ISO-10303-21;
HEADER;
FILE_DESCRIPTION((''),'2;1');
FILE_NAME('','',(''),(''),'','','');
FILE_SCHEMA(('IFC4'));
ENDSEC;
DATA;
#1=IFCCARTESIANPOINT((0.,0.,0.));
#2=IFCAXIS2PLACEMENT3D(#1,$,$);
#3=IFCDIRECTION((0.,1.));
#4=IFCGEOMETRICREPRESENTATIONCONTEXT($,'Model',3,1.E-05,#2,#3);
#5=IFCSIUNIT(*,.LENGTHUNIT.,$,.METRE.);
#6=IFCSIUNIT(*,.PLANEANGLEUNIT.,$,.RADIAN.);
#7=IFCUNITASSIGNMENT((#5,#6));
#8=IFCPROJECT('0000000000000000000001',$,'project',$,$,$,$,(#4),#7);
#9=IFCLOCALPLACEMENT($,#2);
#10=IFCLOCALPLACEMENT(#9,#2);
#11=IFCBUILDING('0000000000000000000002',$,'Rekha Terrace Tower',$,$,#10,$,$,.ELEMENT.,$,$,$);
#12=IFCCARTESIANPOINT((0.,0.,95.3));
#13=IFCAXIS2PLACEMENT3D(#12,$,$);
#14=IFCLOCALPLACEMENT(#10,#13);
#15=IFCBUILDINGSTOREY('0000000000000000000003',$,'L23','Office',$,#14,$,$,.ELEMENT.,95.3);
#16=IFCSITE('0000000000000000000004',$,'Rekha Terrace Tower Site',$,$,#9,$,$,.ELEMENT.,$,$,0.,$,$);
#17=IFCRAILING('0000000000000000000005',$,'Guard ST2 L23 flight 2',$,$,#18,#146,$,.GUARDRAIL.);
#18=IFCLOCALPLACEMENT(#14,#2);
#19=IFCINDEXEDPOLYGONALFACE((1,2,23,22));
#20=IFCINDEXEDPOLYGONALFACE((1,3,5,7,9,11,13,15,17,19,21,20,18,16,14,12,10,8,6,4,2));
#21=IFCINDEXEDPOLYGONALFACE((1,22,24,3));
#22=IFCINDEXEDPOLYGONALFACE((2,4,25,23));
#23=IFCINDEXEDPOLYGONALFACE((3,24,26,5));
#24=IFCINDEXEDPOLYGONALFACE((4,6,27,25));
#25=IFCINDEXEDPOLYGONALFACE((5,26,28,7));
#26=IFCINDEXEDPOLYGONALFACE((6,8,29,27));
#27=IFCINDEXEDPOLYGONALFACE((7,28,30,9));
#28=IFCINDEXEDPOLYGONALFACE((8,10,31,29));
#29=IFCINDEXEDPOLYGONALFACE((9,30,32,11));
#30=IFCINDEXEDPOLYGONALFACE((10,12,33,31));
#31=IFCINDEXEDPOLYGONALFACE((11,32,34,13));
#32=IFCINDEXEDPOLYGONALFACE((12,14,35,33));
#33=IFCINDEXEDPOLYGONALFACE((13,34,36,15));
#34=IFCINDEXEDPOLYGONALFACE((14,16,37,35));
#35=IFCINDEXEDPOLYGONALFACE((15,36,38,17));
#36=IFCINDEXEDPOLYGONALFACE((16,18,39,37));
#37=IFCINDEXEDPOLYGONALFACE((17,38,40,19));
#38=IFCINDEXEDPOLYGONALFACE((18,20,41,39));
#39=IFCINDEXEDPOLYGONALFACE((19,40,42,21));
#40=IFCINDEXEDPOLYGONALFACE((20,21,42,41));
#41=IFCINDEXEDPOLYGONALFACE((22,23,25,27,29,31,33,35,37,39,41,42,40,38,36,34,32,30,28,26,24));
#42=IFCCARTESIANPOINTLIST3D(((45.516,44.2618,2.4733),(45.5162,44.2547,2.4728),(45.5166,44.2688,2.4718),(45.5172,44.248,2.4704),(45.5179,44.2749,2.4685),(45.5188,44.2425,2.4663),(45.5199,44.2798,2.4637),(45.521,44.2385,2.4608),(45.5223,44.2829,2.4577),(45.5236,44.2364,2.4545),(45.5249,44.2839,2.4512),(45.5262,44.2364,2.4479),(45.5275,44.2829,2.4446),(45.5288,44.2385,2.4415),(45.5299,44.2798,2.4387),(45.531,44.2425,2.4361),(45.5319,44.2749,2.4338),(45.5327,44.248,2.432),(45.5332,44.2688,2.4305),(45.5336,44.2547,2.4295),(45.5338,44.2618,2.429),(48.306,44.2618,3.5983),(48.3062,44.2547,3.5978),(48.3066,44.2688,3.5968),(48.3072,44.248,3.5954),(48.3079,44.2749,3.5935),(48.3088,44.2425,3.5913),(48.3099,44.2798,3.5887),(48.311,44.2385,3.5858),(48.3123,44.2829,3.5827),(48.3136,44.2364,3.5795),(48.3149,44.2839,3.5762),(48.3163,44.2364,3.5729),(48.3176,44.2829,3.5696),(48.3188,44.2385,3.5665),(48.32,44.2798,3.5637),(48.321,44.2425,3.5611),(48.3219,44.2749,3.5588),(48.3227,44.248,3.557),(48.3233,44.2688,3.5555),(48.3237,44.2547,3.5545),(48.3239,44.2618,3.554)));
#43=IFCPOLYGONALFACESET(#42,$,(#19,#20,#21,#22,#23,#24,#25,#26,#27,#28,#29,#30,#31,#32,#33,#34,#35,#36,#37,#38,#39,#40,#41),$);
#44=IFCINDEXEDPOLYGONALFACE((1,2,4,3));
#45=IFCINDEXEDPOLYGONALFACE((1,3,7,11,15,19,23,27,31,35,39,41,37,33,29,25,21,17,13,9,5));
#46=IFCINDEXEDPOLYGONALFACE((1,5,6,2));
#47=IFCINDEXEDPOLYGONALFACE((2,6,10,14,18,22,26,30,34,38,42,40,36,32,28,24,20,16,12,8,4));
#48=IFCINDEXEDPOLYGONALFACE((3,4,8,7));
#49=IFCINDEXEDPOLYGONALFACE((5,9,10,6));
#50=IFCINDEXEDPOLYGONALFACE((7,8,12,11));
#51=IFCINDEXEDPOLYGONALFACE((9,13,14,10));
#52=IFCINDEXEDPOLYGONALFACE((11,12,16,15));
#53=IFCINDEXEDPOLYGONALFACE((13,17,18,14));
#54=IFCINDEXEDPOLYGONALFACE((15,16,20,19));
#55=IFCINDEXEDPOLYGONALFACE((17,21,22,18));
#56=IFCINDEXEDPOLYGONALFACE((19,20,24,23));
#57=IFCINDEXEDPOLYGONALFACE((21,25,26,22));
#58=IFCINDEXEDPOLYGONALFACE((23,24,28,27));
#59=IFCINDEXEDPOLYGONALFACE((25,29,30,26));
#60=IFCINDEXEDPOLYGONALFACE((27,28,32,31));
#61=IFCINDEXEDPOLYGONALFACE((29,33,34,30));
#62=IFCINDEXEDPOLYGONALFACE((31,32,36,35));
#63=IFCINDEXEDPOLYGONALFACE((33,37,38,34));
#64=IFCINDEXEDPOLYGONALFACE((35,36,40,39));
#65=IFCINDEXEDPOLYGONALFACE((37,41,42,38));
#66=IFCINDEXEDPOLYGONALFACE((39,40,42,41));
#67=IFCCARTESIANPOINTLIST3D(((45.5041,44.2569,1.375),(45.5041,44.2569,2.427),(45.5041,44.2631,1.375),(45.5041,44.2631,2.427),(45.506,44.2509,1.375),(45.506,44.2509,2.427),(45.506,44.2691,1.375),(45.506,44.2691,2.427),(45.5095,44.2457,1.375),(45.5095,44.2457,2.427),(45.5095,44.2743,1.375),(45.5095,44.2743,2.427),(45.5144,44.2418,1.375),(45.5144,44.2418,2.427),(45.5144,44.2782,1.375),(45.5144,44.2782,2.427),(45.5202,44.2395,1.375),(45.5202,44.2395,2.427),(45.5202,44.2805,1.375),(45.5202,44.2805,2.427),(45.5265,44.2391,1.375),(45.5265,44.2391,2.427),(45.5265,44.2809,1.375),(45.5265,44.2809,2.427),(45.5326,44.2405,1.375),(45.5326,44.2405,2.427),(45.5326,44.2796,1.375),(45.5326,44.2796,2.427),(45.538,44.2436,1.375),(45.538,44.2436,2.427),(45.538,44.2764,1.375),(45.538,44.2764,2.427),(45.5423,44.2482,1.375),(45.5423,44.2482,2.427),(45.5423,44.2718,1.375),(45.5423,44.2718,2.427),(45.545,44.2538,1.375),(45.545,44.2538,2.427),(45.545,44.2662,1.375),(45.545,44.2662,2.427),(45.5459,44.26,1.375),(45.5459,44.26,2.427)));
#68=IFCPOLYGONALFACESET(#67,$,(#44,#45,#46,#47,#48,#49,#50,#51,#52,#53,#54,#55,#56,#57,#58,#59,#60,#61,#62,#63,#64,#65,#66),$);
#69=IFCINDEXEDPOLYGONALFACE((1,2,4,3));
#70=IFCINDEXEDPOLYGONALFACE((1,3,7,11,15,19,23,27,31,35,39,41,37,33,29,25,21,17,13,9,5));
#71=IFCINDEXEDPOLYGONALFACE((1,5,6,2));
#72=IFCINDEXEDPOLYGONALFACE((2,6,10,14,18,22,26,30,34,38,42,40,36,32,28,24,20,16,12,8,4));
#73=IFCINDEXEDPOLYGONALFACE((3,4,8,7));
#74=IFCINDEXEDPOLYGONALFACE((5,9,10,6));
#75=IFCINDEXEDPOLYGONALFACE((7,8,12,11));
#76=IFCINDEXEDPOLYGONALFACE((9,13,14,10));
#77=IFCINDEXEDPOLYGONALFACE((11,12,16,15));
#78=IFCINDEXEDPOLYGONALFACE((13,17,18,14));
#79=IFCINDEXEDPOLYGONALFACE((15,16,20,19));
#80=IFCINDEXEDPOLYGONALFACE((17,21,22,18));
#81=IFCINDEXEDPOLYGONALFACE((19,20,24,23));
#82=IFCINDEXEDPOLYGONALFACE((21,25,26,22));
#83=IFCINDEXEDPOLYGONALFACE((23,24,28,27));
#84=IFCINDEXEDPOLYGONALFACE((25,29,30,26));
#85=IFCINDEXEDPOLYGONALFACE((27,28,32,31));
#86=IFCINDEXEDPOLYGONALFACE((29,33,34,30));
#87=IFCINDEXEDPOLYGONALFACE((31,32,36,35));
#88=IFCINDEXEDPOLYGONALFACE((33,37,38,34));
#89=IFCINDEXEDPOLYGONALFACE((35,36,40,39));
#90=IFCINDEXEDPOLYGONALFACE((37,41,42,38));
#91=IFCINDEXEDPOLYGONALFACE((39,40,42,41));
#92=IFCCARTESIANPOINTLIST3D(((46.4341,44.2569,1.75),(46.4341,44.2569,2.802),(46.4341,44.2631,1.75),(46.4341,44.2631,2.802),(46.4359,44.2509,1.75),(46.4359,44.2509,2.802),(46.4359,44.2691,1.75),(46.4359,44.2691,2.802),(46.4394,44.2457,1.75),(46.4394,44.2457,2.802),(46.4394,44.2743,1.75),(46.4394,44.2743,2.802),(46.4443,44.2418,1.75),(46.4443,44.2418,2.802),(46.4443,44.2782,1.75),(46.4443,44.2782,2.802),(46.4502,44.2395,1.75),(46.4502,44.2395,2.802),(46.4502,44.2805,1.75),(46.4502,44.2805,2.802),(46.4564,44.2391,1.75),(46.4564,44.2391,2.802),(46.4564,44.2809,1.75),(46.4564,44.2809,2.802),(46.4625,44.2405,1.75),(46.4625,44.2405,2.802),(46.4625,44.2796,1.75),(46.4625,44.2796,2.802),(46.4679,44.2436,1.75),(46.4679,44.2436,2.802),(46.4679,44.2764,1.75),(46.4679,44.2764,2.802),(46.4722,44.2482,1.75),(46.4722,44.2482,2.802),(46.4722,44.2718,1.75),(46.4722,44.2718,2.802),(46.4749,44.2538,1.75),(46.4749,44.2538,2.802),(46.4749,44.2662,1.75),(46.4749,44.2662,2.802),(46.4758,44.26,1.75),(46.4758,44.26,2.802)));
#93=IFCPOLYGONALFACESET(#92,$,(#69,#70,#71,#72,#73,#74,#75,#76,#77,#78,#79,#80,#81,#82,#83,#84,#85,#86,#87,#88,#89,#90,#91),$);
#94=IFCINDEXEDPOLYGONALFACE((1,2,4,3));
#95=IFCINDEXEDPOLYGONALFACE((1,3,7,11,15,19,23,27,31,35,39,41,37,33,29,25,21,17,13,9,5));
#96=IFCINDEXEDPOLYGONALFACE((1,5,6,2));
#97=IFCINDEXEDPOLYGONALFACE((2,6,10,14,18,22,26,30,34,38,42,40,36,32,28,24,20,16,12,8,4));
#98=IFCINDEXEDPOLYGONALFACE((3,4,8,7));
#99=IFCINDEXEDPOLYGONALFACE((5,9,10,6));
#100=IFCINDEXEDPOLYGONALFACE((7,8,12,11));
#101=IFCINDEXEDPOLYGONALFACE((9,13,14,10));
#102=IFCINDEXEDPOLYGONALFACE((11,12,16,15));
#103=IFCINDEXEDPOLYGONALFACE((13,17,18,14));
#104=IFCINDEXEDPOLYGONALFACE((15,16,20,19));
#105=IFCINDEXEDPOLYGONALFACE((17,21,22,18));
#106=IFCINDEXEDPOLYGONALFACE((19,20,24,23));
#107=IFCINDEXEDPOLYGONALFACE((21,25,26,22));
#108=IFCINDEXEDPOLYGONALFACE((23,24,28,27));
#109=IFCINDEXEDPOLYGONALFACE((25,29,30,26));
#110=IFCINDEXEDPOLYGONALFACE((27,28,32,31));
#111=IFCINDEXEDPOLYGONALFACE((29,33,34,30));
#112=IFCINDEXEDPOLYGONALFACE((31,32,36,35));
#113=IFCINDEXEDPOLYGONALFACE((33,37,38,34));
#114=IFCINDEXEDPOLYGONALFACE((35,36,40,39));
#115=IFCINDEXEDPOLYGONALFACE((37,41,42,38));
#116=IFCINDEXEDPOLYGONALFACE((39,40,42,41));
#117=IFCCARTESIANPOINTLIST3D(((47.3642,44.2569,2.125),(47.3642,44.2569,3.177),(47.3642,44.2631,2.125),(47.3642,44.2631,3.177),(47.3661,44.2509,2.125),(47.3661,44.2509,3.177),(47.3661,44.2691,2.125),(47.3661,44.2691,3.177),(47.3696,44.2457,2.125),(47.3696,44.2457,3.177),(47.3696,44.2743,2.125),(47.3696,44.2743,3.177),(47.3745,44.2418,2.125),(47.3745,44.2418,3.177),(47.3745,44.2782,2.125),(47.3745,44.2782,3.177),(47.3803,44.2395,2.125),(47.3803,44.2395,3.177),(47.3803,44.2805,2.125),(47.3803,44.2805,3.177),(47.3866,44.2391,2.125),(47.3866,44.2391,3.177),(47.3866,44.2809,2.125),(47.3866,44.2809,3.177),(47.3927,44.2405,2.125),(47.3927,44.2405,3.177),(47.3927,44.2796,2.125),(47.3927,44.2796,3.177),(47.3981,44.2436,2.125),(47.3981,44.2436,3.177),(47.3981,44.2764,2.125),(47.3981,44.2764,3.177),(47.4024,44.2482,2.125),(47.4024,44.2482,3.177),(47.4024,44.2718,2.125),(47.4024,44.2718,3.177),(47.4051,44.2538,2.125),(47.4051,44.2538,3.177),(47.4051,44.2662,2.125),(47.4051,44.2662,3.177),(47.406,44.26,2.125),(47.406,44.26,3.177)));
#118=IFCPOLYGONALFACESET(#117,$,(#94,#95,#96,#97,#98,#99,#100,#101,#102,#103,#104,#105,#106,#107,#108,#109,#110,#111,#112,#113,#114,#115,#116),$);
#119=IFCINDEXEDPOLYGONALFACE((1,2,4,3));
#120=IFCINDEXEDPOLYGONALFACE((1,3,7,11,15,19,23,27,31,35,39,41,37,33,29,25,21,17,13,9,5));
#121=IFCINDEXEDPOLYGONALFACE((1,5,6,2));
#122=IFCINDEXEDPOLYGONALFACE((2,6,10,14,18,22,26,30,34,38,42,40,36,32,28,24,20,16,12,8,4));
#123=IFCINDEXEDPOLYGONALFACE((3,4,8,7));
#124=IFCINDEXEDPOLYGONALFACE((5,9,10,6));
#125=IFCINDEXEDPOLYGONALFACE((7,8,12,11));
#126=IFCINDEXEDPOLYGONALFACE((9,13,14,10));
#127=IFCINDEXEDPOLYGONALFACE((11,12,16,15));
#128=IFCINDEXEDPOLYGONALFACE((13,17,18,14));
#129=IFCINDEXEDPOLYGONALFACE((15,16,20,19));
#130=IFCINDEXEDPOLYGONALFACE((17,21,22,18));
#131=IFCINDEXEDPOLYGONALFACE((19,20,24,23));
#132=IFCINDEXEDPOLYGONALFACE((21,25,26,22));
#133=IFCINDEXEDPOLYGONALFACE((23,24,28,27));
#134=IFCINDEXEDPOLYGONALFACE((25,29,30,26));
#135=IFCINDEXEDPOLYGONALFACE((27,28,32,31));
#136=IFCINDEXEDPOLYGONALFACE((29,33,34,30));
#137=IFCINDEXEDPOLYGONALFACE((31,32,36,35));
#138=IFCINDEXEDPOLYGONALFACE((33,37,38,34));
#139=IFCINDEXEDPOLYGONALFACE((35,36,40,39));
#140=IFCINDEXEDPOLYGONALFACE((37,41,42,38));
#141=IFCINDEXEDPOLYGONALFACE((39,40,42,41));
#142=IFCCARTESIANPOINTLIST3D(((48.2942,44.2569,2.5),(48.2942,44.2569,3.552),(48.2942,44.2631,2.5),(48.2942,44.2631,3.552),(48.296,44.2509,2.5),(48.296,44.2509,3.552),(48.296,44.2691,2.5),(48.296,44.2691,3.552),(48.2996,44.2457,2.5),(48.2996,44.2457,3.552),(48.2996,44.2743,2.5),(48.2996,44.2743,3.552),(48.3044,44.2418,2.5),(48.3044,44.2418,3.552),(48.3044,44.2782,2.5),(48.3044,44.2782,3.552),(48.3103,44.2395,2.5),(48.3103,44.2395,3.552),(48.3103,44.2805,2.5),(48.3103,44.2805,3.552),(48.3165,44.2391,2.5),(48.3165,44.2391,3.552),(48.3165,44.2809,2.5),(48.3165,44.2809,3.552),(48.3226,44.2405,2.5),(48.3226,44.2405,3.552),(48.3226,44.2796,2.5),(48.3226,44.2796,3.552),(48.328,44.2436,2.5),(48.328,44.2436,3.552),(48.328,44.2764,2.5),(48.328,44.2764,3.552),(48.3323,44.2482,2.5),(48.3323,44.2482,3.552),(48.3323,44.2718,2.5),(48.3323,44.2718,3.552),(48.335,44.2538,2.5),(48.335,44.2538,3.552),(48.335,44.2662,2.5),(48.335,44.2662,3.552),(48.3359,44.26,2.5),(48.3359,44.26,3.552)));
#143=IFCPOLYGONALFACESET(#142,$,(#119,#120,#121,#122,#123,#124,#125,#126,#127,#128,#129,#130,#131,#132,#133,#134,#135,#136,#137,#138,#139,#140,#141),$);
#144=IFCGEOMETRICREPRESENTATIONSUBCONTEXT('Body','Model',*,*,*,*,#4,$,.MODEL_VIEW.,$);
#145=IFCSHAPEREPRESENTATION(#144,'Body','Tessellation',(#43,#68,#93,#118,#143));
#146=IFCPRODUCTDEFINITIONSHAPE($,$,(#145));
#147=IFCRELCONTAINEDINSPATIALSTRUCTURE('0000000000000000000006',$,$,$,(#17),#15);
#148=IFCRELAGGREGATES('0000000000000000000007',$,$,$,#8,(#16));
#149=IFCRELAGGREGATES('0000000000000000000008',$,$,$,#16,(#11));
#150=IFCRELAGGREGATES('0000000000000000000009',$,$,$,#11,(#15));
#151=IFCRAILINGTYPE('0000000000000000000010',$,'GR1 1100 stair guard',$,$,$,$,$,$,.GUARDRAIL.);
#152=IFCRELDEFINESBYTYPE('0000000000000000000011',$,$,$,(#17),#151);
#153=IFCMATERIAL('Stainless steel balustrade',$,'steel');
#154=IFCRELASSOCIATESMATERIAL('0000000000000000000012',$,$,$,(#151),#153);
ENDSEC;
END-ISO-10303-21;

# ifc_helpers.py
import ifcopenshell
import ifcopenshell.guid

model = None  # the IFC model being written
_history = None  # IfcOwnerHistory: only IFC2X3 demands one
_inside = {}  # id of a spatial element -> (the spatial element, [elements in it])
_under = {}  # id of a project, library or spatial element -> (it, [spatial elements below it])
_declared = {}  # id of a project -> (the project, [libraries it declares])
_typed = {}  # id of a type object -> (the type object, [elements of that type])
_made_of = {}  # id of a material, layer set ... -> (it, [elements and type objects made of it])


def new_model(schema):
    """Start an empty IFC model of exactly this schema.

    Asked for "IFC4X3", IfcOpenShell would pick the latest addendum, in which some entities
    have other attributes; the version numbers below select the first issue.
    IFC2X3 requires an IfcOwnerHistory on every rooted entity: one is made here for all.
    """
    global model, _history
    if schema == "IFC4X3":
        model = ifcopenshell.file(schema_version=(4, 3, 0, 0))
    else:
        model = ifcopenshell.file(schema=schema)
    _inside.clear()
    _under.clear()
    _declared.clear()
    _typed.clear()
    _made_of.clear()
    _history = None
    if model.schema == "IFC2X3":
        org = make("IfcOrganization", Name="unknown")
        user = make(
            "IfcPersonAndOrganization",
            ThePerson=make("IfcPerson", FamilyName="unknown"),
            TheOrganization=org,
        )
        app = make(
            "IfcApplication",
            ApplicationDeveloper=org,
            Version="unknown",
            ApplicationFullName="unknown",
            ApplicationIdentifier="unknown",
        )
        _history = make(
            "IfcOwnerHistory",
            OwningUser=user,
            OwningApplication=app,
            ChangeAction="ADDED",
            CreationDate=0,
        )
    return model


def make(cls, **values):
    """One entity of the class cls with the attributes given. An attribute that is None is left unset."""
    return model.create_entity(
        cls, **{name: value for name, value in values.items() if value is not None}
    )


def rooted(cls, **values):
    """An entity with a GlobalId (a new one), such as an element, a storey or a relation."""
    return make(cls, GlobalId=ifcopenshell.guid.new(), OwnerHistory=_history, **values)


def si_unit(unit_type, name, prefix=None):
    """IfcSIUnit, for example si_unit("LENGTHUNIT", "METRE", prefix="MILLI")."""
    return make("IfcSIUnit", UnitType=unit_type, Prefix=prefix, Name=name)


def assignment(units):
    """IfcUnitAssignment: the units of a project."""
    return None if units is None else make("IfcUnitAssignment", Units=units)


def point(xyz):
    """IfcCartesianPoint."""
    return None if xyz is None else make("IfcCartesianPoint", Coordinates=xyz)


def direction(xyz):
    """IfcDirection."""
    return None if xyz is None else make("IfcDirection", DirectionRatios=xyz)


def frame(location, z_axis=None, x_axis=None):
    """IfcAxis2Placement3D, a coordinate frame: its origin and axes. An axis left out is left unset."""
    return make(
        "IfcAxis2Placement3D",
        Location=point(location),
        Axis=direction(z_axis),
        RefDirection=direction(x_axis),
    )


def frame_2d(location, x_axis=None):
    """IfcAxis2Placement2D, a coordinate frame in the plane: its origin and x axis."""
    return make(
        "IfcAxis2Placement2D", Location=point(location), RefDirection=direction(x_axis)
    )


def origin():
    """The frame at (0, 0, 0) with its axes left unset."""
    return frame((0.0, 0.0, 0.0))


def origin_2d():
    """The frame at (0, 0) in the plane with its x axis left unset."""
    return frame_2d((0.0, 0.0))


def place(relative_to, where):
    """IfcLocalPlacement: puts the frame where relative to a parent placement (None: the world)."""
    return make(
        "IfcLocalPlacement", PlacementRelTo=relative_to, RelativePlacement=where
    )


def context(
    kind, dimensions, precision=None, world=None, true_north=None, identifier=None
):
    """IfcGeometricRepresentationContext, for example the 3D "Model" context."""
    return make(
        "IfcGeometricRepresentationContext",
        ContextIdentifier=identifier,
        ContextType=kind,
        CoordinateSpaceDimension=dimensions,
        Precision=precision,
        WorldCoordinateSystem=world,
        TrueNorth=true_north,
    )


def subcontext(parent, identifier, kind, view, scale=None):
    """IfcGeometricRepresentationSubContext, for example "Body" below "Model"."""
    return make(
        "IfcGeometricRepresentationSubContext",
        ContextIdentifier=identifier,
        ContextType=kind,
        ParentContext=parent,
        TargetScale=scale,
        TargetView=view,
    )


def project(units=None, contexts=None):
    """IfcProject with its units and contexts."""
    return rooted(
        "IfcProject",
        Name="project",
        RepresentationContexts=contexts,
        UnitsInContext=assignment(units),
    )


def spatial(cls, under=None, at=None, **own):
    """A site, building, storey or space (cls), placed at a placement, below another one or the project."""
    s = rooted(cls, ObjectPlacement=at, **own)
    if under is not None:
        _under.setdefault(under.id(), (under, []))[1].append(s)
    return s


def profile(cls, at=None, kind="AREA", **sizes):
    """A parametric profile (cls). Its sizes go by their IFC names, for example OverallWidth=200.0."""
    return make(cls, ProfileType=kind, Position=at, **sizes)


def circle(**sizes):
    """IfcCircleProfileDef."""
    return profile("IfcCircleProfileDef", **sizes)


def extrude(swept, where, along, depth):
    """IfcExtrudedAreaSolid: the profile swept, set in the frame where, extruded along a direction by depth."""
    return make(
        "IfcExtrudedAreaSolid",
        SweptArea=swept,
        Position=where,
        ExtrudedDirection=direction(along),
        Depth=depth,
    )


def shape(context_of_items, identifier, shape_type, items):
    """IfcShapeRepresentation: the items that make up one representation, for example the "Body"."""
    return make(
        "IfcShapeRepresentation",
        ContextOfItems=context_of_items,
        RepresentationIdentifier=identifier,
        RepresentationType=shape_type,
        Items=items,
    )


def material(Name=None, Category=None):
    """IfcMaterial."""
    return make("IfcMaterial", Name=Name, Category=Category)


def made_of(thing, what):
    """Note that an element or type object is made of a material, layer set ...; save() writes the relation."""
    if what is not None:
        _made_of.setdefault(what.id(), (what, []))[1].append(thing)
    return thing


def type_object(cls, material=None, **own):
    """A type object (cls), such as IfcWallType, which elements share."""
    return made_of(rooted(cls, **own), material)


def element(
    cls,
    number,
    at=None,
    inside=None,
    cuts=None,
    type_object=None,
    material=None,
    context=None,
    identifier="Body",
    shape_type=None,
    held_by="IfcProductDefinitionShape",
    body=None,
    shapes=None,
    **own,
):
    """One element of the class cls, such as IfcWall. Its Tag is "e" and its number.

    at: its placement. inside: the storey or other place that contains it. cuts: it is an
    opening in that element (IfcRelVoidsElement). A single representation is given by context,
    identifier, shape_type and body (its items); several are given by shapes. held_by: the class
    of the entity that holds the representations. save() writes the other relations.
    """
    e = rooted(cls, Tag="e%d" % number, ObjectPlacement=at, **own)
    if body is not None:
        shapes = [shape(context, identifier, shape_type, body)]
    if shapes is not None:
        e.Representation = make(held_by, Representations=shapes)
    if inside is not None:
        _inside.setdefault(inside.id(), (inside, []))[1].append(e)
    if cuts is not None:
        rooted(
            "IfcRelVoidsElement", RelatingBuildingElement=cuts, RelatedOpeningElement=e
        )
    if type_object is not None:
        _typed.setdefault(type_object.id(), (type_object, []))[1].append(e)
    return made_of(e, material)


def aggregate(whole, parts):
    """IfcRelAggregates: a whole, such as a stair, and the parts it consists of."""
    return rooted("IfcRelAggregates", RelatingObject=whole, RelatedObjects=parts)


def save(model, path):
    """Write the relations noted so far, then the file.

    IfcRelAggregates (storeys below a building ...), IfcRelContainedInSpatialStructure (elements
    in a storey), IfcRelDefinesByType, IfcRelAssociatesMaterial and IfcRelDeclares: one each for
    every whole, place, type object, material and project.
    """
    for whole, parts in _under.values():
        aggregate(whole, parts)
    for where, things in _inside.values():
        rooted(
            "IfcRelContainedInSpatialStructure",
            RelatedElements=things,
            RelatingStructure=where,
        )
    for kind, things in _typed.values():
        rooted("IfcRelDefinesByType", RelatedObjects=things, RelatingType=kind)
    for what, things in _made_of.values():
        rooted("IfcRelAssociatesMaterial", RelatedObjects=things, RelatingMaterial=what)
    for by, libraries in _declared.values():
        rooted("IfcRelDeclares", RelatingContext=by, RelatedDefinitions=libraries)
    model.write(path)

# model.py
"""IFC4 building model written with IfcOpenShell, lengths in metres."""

from ifc_helpers import new_model, si_unit, direction, frame, origin, origin_2d, place, context, subcontext, project, spatial, circle, extrude, material, type_object, element, save


model = new_model("IFC4")

# Units and contexts
model_context = context("Model", 3, precision=1e-05, world=origin(), true_north=direction((0.0, 1.0)))
body_context = subcontext(model_context, "Body", "Model", "MODEL_VIEW")
ifc_project = project(units=[si_unit("LENGTHUNIT", "METRE"), si_unit("PLANEANGLEUNIT", "RADIAN")], contexts=[model_context])

# Site, building, storey
site_placement = place(None, origin())
site = spatial("IfcSite", under=ifc_project, at=site_placement, Name="Rekha Terrace Tower Site", CompositionType="ELEMENT", RefElevation=0.0)
building_placement = place(site_placement, origin())
building = spatial("IfcBuilding", under=site, at=building_placement, Name="Rekha Terrace Tower", CompositionType="ELEMENT")
storey_placement = place(building_placement, frame((0.0, 0.0, 95.3)))
storey = spatial("IfcBuildingStorey", under=building, at=storey_placement, Name="L23", Description="Office", CompositionType="ELEMENT", Elevation=95.3)

# Railing
ifc_material_1 = material(Name="Stainless steel balustrade", Category="steel")
railing_type_1 = type_object("IfcRailingType", Name="GR1 1100 stair guard", PredefinedType="GUARDRAIL", material=ifc_material_1)
railing_1_placement = place(storey_placement, frame((45.5249, 44.26, 1.375)))
element("IfcRailing", 1, at=railing_1_placement, inside=storey, type_object=railing_type_1, Name="Guard ST2 L23 flight 2", PredefinedType="GUARDRAIL", context=body_context, shape_type="SweptSolid", body=[
    extrude(circle(Radius=0.0239, at=origin_2d()), frame((0.0, 0.0, 1.0762), z_axis=(0.927443, 0.0, 0.373964), x_axis=(0.0, 1.0, 0.0)), (0.0, 0.0, 1.0), 3.0083),
    extrude(circle(Radius=0.021, at=origin_2d()), origin(), (0.0, 0.0, 1.0), 1.052),
    extrude(circle(Radius=0.021, at=origin_2d()), frame((0.9299, 0.0, 0.375)), (0.0, 0.0, 1.0), 1.052),
    extrude(circle(Radius=0.021, at=origin_2d()), frame((1.8601, 0.0, 0.75)), (0.0, 0.0, 1.0), 1.052),
    extrude(circle(Radius=0.021, at=origin_2d()), frame((2.79, 0.0, 1.125)), (0.0, 0.0, 1.0), 1.052),
])

save(model, "model.ifc")
